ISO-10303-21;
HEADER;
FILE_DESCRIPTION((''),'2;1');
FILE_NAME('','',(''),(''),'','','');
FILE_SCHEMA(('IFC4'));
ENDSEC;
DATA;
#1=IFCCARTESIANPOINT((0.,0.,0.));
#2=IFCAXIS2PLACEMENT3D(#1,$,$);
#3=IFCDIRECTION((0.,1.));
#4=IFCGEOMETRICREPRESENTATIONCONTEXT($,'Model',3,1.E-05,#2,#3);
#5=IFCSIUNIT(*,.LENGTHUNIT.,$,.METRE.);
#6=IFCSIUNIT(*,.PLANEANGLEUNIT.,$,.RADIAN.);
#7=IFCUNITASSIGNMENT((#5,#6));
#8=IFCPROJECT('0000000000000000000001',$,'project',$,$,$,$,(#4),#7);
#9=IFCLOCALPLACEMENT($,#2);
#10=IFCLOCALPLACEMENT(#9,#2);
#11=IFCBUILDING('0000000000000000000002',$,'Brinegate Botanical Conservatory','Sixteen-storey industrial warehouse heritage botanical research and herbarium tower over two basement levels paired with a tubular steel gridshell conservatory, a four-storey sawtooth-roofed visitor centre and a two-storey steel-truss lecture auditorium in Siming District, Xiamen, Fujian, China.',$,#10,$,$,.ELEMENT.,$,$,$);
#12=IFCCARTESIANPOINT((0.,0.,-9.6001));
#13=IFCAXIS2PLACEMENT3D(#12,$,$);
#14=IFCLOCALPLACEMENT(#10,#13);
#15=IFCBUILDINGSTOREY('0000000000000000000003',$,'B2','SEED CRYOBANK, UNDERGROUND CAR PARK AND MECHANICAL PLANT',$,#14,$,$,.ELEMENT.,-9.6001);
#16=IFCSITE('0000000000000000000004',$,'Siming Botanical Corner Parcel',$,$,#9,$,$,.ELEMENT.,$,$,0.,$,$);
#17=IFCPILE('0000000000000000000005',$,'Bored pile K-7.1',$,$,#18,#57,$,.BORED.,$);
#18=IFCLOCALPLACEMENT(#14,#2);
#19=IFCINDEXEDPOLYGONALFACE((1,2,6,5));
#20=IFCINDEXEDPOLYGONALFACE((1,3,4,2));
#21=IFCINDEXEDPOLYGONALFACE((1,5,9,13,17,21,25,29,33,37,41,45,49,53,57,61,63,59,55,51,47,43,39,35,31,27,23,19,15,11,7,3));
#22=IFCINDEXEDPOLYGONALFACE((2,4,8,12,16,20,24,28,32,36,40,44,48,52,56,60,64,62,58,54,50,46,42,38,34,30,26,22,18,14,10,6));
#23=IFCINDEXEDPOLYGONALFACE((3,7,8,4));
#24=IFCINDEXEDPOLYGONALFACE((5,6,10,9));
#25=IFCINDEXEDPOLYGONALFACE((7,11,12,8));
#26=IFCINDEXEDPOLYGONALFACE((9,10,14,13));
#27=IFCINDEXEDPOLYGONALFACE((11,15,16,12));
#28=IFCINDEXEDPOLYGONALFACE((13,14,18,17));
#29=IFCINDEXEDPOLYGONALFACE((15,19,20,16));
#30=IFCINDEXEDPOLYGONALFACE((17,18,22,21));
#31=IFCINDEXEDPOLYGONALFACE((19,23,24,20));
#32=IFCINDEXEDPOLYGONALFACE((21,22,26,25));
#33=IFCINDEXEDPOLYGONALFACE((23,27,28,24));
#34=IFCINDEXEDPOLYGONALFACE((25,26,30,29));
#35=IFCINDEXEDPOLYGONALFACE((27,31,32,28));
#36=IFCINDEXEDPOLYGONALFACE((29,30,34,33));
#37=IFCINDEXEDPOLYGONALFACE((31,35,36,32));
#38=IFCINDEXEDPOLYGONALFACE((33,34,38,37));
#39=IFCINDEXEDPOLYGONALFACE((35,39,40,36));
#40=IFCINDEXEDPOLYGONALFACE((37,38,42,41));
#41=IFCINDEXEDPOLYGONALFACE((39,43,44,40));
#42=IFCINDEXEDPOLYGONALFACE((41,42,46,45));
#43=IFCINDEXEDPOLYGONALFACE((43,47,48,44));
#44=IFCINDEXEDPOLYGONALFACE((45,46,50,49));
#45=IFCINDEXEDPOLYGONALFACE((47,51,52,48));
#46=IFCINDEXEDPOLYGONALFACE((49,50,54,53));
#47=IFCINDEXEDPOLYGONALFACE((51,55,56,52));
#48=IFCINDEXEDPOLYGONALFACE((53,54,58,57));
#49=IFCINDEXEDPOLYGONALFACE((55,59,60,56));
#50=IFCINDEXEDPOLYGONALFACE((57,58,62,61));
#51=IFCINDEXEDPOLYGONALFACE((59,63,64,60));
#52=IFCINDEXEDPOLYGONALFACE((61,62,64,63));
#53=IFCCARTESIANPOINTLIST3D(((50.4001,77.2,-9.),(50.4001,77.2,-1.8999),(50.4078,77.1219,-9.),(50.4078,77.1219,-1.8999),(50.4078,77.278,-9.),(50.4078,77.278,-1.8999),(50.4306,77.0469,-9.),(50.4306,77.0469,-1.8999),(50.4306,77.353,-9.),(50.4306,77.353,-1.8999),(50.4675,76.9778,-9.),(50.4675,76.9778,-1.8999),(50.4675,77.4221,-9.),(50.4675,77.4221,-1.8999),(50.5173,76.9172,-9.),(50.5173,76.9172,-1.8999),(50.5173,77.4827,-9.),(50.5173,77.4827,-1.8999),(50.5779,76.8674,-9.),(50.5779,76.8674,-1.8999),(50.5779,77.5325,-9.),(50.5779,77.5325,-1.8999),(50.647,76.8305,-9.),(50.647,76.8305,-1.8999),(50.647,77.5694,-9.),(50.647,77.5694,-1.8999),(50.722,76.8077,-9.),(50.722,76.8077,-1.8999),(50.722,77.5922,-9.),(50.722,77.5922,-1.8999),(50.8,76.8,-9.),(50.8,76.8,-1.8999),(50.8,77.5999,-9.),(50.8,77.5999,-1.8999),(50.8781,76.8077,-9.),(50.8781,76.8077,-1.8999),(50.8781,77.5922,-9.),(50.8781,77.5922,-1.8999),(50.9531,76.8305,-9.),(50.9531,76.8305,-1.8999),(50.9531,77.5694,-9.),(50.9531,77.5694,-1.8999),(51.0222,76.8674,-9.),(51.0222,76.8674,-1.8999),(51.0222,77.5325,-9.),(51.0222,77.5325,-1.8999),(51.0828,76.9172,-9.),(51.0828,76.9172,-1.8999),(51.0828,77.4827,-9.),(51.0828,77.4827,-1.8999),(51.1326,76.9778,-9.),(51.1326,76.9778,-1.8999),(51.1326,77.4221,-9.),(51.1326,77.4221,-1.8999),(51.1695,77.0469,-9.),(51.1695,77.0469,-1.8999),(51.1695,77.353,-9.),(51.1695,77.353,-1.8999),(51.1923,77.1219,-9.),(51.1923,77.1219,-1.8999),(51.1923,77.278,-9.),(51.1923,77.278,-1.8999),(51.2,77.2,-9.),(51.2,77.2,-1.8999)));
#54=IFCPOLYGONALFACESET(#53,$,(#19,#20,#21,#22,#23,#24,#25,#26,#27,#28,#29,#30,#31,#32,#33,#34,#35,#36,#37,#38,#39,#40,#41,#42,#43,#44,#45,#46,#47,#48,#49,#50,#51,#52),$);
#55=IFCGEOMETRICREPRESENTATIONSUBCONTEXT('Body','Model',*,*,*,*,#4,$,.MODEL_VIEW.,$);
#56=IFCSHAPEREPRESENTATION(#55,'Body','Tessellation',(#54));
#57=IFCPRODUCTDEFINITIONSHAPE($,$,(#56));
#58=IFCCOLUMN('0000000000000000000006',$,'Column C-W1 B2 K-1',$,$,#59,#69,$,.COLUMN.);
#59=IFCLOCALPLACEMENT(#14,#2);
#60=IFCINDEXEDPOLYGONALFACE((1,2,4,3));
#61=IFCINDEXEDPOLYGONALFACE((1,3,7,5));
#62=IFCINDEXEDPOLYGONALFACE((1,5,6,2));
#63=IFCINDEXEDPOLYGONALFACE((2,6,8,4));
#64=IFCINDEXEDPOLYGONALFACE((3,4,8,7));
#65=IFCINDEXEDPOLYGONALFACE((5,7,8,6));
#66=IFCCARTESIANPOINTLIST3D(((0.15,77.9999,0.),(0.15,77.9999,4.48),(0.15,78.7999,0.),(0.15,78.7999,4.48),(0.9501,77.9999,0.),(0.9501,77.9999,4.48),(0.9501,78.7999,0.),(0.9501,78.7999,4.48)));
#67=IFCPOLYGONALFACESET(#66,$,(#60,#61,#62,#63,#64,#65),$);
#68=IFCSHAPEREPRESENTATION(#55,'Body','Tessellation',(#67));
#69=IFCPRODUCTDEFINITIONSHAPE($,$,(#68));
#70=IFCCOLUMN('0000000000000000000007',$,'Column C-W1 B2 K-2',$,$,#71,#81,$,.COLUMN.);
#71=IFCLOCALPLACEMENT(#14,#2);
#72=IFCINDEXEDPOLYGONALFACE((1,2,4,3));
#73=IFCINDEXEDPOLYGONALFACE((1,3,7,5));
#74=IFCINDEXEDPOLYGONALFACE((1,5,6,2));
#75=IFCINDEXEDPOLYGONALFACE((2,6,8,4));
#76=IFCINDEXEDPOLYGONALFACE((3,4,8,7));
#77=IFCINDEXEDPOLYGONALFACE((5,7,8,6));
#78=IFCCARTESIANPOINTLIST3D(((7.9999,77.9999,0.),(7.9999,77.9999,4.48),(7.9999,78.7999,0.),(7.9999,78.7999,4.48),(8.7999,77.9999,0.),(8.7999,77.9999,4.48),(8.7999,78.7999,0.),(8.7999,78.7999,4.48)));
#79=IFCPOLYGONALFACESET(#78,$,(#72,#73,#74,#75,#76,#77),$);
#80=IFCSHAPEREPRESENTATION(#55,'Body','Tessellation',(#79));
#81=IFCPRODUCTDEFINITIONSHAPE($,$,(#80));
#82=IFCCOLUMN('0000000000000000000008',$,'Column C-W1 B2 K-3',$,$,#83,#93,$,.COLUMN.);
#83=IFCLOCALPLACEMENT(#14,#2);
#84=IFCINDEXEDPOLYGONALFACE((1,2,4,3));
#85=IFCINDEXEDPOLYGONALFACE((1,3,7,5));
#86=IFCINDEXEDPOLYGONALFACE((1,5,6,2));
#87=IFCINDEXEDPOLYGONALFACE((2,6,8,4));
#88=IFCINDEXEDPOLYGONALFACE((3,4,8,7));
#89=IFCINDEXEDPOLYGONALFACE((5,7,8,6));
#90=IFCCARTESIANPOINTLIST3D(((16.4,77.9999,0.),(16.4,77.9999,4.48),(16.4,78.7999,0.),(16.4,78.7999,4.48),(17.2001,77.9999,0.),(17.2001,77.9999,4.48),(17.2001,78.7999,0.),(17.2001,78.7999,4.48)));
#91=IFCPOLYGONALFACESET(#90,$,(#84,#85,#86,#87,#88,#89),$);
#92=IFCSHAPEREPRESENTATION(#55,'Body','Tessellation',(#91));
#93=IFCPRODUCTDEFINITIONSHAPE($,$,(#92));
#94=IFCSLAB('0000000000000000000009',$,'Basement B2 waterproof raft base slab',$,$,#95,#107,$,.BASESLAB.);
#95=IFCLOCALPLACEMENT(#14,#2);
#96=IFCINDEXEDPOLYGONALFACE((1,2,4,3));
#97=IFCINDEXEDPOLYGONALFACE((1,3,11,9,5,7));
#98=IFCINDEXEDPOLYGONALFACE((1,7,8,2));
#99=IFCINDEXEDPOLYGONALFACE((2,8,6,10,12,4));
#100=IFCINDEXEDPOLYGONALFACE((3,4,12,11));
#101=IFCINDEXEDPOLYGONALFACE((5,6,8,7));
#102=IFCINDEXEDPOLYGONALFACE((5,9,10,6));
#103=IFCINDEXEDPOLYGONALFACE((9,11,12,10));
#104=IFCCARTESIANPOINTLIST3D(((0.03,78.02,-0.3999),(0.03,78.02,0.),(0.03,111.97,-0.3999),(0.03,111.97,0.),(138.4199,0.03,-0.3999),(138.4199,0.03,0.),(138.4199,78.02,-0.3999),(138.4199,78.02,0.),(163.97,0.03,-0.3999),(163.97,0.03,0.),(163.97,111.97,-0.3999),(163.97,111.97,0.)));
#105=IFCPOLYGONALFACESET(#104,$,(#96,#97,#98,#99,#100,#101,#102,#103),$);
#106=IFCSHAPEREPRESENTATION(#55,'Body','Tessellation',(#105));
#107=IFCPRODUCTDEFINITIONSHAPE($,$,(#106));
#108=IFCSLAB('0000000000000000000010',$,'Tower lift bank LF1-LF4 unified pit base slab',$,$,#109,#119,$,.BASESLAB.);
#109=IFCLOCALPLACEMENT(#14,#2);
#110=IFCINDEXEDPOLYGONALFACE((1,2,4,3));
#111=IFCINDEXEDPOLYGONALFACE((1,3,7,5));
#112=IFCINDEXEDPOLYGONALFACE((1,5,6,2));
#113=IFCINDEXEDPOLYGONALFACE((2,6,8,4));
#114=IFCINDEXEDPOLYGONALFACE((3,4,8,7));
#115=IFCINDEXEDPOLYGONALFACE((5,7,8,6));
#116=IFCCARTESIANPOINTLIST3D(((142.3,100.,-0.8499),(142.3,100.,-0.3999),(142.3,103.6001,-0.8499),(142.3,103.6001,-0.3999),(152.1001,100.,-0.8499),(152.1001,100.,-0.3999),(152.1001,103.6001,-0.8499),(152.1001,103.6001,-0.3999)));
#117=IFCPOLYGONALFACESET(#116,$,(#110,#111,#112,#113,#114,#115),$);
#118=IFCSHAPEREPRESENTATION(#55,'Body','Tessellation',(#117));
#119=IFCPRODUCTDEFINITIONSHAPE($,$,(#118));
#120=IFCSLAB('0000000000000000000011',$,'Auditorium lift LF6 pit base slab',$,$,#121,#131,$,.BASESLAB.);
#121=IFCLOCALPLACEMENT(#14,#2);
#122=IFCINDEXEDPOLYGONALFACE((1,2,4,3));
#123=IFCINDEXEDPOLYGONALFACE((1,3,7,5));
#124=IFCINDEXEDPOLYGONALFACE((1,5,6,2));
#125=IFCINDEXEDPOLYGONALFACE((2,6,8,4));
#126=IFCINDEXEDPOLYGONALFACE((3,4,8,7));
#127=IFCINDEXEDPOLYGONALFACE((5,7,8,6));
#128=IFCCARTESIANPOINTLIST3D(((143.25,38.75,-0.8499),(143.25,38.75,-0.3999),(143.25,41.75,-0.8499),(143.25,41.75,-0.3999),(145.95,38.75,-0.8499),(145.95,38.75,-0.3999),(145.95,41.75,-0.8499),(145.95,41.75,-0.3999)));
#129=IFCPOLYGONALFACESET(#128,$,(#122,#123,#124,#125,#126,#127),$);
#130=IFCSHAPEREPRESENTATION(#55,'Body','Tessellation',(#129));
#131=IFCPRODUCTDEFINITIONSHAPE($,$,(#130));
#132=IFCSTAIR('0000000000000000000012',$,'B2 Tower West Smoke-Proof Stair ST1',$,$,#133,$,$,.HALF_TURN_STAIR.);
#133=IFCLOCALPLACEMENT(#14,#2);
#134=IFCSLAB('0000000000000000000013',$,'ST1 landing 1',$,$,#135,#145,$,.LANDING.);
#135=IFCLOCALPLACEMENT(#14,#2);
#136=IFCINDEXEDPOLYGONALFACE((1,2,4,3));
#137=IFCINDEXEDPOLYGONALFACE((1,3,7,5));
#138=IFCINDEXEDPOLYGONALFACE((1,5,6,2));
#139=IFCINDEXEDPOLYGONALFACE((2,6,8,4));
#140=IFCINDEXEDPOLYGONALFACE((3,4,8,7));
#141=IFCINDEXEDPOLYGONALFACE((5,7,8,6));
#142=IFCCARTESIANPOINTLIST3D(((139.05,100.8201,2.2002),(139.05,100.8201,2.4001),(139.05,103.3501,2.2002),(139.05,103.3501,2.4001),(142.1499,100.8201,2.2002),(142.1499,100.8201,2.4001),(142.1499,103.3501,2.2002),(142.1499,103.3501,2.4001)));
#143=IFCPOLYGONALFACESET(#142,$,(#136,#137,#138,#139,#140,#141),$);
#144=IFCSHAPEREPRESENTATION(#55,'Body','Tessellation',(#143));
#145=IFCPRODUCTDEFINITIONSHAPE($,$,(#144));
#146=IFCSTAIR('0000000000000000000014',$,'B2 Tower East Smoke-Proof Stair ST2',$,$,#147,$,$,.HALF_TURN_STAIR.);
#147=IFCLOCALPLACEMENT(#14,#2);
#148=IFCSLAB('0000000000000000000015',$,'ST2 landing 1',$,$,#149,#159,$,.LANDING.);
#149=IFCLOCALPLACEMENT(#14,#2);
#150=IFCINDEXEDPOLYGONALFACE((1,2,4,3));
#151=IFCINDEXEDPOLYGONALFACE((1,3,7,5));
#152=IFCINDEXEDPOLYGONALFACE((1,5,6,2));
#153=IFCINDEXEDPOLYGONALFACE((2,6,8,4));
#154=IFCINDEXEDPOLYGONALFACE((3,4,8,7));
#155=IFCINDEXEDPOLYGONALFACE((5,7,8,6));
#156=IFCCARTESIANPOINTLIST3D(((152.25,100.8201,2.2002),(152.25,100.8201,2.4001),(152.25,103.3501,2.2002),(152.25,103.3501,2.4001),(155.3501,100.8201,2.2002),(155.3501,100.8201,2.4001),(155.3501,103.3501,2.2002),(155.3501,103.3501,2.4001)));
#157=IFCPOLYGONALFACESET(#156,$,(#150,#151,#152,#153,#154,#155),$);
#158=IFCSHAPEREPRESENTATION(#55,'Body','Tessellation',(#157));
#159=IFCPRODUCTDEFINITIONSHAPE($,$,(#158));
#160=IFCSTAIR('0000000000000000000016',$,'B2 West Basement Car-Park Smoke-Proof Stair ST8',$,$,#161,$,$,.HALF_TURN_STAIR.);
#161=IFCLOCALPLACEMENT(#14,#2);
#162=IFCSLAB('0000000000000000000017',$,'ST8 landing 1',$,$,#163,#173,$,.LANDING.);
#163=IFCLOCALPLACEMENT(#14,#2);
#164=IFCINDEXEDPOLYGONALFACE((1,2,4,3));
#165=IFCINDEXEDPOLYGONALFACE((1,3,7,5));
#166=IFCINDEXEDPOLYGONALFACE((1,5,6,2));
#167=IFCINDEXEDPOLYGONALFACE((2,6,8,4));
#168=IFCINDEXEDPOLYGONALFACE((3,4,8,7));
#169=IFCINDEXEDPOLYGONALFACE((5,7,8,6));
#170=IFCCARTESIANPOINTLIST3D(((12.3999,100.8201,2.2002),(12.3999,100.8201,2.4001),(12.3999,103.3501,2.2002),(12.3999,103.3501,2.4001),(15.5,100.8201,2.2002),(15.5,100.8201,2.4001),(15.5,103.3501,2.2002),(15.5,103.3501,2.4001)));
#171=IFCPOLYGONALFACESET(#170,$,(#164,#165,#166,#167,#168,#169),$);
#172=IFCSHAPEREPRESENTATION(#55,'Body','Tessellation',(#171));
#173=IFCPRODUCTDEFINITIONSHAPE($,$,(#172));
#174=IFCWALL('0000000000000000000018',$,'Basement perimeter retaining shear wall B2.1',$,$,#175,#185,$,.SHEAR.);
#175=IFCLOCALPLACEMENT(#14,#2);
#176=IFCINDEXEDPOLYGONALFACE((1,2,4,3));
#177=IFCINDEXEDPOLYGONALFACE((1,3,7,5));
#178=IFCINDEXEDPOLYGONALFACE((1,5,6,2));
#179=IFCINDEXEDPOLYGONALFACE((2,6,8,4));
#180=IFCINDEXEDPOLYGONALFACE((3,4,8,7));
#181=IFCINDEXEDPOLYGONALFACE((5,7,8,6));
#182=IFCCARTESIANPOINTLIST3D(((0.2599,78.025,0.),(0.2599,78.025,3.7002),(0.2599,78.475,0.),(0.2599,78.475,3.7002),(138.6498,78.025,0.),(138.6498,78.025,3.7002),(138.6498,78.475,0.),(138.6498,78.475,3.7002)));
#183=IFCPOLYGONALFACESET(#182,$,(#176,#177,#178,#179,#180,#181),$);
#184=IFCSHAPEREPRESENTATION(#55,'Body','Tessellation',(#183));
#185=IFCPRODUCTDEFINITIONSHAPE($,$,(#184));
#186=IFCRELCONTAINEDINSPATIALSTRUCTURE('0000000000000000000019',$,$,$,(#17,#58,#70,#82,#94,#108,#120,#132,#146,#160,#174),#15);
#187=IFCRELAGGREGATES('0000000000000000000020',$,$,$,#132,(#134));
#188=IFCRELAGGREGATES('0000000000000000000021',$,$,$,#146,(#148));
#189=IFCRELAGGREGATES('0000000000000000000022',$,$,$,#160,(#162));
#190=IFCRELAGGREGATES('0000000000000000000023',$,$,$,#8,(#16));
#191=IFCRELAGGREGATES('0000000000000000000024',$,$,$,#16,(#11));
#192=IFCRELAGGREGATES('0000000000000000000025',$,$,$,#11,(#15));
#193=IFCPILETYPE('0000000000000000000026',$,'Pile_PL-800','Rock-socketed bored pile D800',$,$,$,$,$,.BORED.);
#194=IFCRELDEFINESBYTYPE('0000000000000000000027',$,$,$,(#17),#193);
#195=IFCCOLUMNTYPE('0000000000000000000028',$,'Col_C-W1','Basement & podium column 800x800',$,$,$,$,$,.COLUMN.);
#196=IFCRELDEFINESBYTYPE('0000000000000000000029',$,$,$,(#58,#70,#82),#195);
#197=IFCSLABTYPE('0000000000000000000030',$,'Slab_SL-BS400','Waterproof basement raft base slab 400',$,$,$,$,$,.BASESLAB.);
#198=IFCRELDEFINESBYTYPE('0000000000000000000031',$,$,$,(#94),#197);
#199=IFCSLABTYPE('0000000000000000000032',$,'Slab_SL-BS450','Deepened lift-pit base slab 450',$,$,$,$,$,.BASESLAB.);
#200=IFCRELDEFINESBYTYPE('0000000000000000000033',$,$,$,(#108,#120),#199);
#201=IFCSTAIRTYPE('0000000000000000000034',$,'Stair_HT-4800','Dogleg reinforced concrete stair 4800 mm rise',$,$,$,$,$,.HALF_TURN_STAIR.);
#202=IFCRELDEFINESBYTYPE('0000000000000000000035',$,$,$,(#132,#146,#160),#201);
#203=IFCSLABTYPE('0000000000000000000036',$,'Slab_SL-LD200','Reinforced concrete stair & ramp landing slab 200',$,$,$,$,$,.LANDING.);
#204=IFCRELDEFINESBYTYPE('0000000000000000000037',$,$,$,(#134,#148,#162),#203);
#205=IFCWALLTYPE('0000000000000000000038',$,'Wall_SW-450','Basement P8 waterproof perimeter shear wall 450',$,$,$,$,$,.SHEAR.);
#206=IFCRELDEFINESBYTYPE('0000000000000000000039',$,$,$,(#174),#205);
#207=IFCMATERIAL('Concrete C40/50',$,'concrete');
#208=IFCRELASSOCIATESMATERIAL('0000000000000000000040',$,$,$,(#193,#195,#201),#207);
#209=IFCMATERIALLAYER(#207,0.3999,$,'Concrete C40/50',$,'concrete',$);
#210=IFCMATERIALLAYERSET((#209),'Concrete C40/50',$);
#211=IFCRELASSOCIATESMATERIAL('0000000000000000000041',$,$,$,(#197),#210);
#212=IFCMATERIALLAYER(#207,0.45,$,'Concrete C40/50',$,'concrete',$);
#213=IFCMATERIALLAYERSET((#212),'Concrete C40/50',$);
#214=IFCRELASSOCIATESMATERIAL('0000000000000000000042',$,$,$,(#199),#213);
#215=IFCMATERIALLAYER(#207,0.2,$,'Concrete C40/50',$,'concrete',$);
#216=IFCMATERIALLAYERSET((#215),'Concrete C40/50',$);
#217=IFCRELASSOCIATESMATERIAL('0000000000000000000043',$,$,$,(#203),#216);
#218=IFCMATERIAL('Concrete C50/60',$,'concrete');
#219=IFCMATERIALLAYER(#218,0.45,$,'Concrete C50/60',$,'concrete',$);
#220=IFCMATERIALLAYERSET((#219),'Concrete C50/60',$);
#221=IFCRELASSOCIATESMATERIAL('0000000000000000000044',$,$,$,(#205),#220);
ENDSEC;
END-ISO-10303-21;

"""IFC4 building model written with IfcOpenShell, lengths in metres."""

from ifc_helpers import new_model, si_unit, direction, frame, frame_2d, origin, origin_2d, place, context, subcontext, project, spatial, polyline, rectangle, circle, outline, extrude, material, layer, layer_set, material_profile, profile_set, type_object, element, aggregate, save


model = new_model("IFC4")

# Units and contexts
model_context = context("Model", 3, precision=1e-05, world=origin(), true_north=direction((0.0, 1.0)))
body_context = subcontext(model_context, "Body", "Model", "MODEL_VIEW")
ifc_project = project(units=[si_unit("LENGTHUNIT", "METRE"), si_unit("PLANEANGLEUNIT", "RADIAN")], contexts=[model_context])

# Site, building, storey
site_placement = place(None, origin())
site = spatial("IfcSite", under=ifc_project, at=site_placement, Name="Siming Botanical Corner Parcel", CompositionType="ELEMENT", RefElevation=0.0)
building_placement = place(site_placement, origin())
building = spatial("IfcBuilding", under=site, at=building_placement, Name="Brinegate Botanical Conservatory", Description="Sixteen-storey industrial warehouse heritage botanical research and herbarium tower over two basement levels paired with a tubular steel gridshell conservatory, a four-storey sawtooth-roofed visitor centre and a two-storey steel-truss lecture auditorium in Siming District, Xiamen, Fujian, China.", CompositionType="ELEMENT")
storey_placement = place(building_placement, frame((0.0, 0.0, -9.6001)))
storey = spatial("IfcBuildingStorey", under=building, at=storey_placement, Name="B2", Description="SEED CRYOBANK, UNDERGROUND CAR PARK AND MECHANICAL PLANT", CompositionType="ELEMENT", Elevation=-9.6001)

# Shared definitions
ifc_material_1 = material(Name="Concrete C40/50", Category="concrete")

# Pile
ifc_material_profile_1 = material_profile(ifc_material_1, circle(Radius=0.3999, at=origin_2d()), Name="PILE D800")
ifc_profile_set_1 = profile_set([ifc_material_profile_1], Name="Concrete C40/50")
pile_type = type_object("IfcPileType", Name="Pile_PL-800", Description="Rock-socketed bored pile D800", PredefinedType="BORED", material=ifc_profile_set_1)
for number, where, z_axis, x_axis, name in (
    (1, (50.8, 77.2, -1.8999), (0.0, 0.0, -1.0), (1.0, 0.0, 0.0), "Bored pile K-7.1"),
):
    element("IfcPile", number, at=place(storey_placement, frame(where, z_axis=z_axis, x_axis=x_axis)), inside=storey, type_object=pile_type, Name=name, PredefinedType="BORED", context=body_context, shape_type="SweptSolid", body=[
        extrude(circle(Radius=0.3999, at=origin_2d()), origin(), (0.0, 0.0, 1.0), 7.1001),
    ])

# Columns
ifc_material_profile_2 = material_profile(ifc_material_1, rectangle(XDim=0.8, YDim=0.8, at=origin_2d()), Name="RC COL 800x800")
ifc_profile_set_2 = profile_set([ifc_material_profile_2], Name="Concrete C40/50")
column_type = type_object("IfcColumnType", Name="Col_C-W1", Description="Basement & podium column 800x800", PredefinedType="COLUMN", material=ifc_profile_set_2)
for number, where, z_axis, x_axis, name in (
    (2, (0.55, 78.3999, 0.0), (0.0, 0.0, 1.0), (1.0, 0.0, 0.0), "Column C-W1 B2 K-1"),
    (3, (8.3999, 78.3999, 0.0), (0.0, 0.0, 1.0), (1.0, 0.0, 0.0), "Column C-W1 B2 K-2"),
    (4, (16.8, 78.3999, 0.0), (0.0, 0.0, 1.0), (1.0, 0.0, 0.0), "Column C-W1 B2 K-3"),
):
    element("IfcColumn", number, at=place(storey_placement, frame(where, z_axis=z_axis, x_axis=x_axis)), inside=storey, type_object=column_type, Name=name, PredefinedType="COLUMN", context=body_context, shape_type="SweptSolid", body=[
        extrude(rectangle(XDim=0.8, YDim=0.8, at=origin_2d()), origin(), (0.0, 0.0, 1.0), 4.48),
    ])

# Slabs
ifc_layer_1 = layer(ifc_material_1, 0.3999, Name="Concrete C40/50", Category="concrete")
ifc_layer_set_1 = layer_set([ifc_layer_1], Name="Concrete C40/50")
slab_type_1 = type_object("IfcSlabType", Name="Slab_SL-BS400", Description="Waterproof basement raft base slab 400", PredefinedType="BASESLAB", material=ifc_layer_set_1)
slab_1_placement = place(storey_placement, frame((0.0, 0.0, -0.3999)))
element("IfcSlab", 5, at=slab_1_placement, inside=storey, type_object=slab_type_1, Name="Basement B2 waterproof raft base slab", PredefinedType="BASESLAB", context=body_context, shape_type="SweptSolid", body=[
    extrude(outline(polyline([(0.03, 78.02), (138.4199, 78.02), (138.4199, 0.03), (163.97, 0.03), (163.97, 111.97), (0.03, 111.97), (0.03, 78.02)])), origin(), (0.0, 0.0, 1.0), 0.3999),
])
ifc_layer_2 = layer(ifc_material_1, 0.45, Name="Concrete C40/50", Category="concrete")
ifc_layer_set_2 = layer_set([ifc_layer_2], Name="Concrete C40/50")
slab_type_2 = type_object("IfcSlabType", Name="Slab_SL-BS450", Description="Deepened lift-pit base slab 450", PredefinedType="BASESLAB", material=ifc_layer_set_2)
slab_2_placement = place(storey_placement, frame((0.0, 0.0, -0.8499)))
element("IfcSlab", 6, at=slab_2_placement, inside=storey, type_object=slab_type_2, Name="Tower lift bank LF1-LF4 unified pit base slab", PredefinedType="BASESLAB", context=body_context, shape_type="SweptSolid", body=[
    extrude(outline(polyline([(142.3, 100.0), (152.1001, 100.0), (152.1001, 103.6001), (142.3, 103.6001), (142.3, 100.0)])), origin(), (0.0, 0.0, 1.0), 0.45),
])
slab_3_placement = place(storey_placement, frame((0.0, 0.0, -0.8499)))
element("IfcSlab", 7, at=slab_3_placement, inside=storey, type_object=slab_type_2, Name="Auditorium lift LF6 pit base slab", PredefinedType="BASESLAB", context=body_context, shape_type="SweptSolid", body=[
    extrude(outline(polyline([(143.25, 38.75), (145.95, 38.75), (145.95, 41.75), (143.25, 41.75), (143.25, 38.75)])), origin(), (0.0, 0.0, 1.0), 0.45),
])

# Stairs, slabs
stair_type = type_object("IfcStairType", Name="Stair_HT-4800", Description="Dogleg reinforced concrete stair 4800 mm rise", PredefinedType="HALF_TURN_STAIR", material=ifc_material_1)
stair_1_placement = place(storey_placement, origin())
stair_1 = element("IfcStair", 8, at=stair_1_placement, inside=storey, type_object=stair_type, Name="B2 Tower West Smoke-Proof Stair ST1", PredefinedType="HALF_TURN_STAIR")
ifc_layer_3 = layer(ifc_material_1, 0.2, Name="Concrete C40/50", Category="concrete")
ifc_layer_set_3 = layer_set([ifc_layer_3], Name="Concrete C40/50")
slab_type_3 = type_object("IfcSlabType", Name="Slab_SL-LD200", Description="Reinforced concrete stair & ramp landing slab 200", PredefinedType="LANDING", material=ifc_layer_set_3)
slab_4_placement = place(storey_placement, frame((0.0, 0.0, 2.2002)))
slab_4 = element("IfcSlab", 9, at=slab_4_placement, type_object=slab_type_3, Name="ST1 landing 1", PredefinedType="LANDING", context=body_context, shape_type="SweptSolid", body=[
    extrude(outline(polyline([(142.1499, 100.8201), (142.1499, 103.3501), (139.05, 103.3501), (139.05, 100.8201), (142.1499, 100.8201)])), origin(), (0.0, 0.0, 1.0), 0.2),
])
aggregate(stair_1, [slab_4])
stair_2_placement = place(storey_placement, origin())
stair_2 = element("IfcStair", 10, at=stair_2_placement, inside=storey, type_object=stair_type, Name="B2 Tower East Smoke-Proof Stair ST2", PredefinedType="HALF_TURN_STAIR")
slab_5_placement = place(storey_placement, frame((0.0, 0.0, 2.2002)))
slab_5 = element("IfcSlab", 11, at=slab_5_placement, type_object=slab_type_3, Name="ST2 landing 1", PredefinedType="LANDING", context=body_context, shape_type="SweptSolid", body=[
    extrude(outline(polyline([(155.3501, 100.8201), (155.3501, 103.3501), (152.25, 103.3501), (152.25, 100.8201), (155.3501, 100.8201)])), origin(), (0.0, 0.0, 1.0), 0.2),
])
aggregate(stair_2, [slab_5])
stair_3_placement = place(storey_placement, origin())
stair_3 = element("IfcStair", 12, at=stair_3_placement, inside=storey, type_object=stair_type, Name="B2 West Basement Car-Park Smoke-Proof Stair ST8", PredefinedType="HALF_TURN_STAIR")
slab_6_placement = place(storey_placement, frame((0.0, 0.0, 2.2002)))
slab_6 = element("IfcSlab", 13, at=slab_6_placement, type_object=slab_type_3, Name="ST8 landing 1", PredefinedType="LANDING", context=body_context, shape_type="SweptSolid", body=[
    extrude(outline(polyline([(15.5, 100.8201), (15.5, 103.3501), (12.3999, 103.3501), (12.3999, 100.8201), (15.5, 100.8201)])), origin(), (0.0, 0.0, 1.0), 0.2),
])
aggregate(stair_3, [slab_6])

# Wall
ifc_material_2 = material(Name="Concrete C50/60", Category="concrete")
ifc_layer_4 = layer(ifc_material_2, 0.45, Name="Concrete C50/60", Category="concrete")
ifc_layer_set_4 = layer_set([ifc_layer_4], Name="Concrete C50/60")
wall_type = type_object("IfcWallType", Name="Wall_SW-450", Description="Basement P8 waterproof perimeter shear wall 450", PredefinedType="SHEAR", material=ifc_layer_set_4)
wall_placement = place(storey_placement, frame((0.26, 78.25, 0.0), z_axis=(0.0, 0.0, 1.0), x_axis=(1.0, 0.0, 0.0)))
element("IfcWall", 14, at=wall_placement, inside=storey, type_object=wall_type, Name="Basement perimeter retaining shear wall B2.1", PredefinedType="SHEAR", context=body_context, shape_type="SweptSolid", body=[
    extrude(rectangle(XDim=138.3899, YDim=0.45, at=frame_2d((69.1948, 0.0))), origin(), (0.0, 0.0, 1.0), 3.7002),
])

save(model, "model.ifc")
